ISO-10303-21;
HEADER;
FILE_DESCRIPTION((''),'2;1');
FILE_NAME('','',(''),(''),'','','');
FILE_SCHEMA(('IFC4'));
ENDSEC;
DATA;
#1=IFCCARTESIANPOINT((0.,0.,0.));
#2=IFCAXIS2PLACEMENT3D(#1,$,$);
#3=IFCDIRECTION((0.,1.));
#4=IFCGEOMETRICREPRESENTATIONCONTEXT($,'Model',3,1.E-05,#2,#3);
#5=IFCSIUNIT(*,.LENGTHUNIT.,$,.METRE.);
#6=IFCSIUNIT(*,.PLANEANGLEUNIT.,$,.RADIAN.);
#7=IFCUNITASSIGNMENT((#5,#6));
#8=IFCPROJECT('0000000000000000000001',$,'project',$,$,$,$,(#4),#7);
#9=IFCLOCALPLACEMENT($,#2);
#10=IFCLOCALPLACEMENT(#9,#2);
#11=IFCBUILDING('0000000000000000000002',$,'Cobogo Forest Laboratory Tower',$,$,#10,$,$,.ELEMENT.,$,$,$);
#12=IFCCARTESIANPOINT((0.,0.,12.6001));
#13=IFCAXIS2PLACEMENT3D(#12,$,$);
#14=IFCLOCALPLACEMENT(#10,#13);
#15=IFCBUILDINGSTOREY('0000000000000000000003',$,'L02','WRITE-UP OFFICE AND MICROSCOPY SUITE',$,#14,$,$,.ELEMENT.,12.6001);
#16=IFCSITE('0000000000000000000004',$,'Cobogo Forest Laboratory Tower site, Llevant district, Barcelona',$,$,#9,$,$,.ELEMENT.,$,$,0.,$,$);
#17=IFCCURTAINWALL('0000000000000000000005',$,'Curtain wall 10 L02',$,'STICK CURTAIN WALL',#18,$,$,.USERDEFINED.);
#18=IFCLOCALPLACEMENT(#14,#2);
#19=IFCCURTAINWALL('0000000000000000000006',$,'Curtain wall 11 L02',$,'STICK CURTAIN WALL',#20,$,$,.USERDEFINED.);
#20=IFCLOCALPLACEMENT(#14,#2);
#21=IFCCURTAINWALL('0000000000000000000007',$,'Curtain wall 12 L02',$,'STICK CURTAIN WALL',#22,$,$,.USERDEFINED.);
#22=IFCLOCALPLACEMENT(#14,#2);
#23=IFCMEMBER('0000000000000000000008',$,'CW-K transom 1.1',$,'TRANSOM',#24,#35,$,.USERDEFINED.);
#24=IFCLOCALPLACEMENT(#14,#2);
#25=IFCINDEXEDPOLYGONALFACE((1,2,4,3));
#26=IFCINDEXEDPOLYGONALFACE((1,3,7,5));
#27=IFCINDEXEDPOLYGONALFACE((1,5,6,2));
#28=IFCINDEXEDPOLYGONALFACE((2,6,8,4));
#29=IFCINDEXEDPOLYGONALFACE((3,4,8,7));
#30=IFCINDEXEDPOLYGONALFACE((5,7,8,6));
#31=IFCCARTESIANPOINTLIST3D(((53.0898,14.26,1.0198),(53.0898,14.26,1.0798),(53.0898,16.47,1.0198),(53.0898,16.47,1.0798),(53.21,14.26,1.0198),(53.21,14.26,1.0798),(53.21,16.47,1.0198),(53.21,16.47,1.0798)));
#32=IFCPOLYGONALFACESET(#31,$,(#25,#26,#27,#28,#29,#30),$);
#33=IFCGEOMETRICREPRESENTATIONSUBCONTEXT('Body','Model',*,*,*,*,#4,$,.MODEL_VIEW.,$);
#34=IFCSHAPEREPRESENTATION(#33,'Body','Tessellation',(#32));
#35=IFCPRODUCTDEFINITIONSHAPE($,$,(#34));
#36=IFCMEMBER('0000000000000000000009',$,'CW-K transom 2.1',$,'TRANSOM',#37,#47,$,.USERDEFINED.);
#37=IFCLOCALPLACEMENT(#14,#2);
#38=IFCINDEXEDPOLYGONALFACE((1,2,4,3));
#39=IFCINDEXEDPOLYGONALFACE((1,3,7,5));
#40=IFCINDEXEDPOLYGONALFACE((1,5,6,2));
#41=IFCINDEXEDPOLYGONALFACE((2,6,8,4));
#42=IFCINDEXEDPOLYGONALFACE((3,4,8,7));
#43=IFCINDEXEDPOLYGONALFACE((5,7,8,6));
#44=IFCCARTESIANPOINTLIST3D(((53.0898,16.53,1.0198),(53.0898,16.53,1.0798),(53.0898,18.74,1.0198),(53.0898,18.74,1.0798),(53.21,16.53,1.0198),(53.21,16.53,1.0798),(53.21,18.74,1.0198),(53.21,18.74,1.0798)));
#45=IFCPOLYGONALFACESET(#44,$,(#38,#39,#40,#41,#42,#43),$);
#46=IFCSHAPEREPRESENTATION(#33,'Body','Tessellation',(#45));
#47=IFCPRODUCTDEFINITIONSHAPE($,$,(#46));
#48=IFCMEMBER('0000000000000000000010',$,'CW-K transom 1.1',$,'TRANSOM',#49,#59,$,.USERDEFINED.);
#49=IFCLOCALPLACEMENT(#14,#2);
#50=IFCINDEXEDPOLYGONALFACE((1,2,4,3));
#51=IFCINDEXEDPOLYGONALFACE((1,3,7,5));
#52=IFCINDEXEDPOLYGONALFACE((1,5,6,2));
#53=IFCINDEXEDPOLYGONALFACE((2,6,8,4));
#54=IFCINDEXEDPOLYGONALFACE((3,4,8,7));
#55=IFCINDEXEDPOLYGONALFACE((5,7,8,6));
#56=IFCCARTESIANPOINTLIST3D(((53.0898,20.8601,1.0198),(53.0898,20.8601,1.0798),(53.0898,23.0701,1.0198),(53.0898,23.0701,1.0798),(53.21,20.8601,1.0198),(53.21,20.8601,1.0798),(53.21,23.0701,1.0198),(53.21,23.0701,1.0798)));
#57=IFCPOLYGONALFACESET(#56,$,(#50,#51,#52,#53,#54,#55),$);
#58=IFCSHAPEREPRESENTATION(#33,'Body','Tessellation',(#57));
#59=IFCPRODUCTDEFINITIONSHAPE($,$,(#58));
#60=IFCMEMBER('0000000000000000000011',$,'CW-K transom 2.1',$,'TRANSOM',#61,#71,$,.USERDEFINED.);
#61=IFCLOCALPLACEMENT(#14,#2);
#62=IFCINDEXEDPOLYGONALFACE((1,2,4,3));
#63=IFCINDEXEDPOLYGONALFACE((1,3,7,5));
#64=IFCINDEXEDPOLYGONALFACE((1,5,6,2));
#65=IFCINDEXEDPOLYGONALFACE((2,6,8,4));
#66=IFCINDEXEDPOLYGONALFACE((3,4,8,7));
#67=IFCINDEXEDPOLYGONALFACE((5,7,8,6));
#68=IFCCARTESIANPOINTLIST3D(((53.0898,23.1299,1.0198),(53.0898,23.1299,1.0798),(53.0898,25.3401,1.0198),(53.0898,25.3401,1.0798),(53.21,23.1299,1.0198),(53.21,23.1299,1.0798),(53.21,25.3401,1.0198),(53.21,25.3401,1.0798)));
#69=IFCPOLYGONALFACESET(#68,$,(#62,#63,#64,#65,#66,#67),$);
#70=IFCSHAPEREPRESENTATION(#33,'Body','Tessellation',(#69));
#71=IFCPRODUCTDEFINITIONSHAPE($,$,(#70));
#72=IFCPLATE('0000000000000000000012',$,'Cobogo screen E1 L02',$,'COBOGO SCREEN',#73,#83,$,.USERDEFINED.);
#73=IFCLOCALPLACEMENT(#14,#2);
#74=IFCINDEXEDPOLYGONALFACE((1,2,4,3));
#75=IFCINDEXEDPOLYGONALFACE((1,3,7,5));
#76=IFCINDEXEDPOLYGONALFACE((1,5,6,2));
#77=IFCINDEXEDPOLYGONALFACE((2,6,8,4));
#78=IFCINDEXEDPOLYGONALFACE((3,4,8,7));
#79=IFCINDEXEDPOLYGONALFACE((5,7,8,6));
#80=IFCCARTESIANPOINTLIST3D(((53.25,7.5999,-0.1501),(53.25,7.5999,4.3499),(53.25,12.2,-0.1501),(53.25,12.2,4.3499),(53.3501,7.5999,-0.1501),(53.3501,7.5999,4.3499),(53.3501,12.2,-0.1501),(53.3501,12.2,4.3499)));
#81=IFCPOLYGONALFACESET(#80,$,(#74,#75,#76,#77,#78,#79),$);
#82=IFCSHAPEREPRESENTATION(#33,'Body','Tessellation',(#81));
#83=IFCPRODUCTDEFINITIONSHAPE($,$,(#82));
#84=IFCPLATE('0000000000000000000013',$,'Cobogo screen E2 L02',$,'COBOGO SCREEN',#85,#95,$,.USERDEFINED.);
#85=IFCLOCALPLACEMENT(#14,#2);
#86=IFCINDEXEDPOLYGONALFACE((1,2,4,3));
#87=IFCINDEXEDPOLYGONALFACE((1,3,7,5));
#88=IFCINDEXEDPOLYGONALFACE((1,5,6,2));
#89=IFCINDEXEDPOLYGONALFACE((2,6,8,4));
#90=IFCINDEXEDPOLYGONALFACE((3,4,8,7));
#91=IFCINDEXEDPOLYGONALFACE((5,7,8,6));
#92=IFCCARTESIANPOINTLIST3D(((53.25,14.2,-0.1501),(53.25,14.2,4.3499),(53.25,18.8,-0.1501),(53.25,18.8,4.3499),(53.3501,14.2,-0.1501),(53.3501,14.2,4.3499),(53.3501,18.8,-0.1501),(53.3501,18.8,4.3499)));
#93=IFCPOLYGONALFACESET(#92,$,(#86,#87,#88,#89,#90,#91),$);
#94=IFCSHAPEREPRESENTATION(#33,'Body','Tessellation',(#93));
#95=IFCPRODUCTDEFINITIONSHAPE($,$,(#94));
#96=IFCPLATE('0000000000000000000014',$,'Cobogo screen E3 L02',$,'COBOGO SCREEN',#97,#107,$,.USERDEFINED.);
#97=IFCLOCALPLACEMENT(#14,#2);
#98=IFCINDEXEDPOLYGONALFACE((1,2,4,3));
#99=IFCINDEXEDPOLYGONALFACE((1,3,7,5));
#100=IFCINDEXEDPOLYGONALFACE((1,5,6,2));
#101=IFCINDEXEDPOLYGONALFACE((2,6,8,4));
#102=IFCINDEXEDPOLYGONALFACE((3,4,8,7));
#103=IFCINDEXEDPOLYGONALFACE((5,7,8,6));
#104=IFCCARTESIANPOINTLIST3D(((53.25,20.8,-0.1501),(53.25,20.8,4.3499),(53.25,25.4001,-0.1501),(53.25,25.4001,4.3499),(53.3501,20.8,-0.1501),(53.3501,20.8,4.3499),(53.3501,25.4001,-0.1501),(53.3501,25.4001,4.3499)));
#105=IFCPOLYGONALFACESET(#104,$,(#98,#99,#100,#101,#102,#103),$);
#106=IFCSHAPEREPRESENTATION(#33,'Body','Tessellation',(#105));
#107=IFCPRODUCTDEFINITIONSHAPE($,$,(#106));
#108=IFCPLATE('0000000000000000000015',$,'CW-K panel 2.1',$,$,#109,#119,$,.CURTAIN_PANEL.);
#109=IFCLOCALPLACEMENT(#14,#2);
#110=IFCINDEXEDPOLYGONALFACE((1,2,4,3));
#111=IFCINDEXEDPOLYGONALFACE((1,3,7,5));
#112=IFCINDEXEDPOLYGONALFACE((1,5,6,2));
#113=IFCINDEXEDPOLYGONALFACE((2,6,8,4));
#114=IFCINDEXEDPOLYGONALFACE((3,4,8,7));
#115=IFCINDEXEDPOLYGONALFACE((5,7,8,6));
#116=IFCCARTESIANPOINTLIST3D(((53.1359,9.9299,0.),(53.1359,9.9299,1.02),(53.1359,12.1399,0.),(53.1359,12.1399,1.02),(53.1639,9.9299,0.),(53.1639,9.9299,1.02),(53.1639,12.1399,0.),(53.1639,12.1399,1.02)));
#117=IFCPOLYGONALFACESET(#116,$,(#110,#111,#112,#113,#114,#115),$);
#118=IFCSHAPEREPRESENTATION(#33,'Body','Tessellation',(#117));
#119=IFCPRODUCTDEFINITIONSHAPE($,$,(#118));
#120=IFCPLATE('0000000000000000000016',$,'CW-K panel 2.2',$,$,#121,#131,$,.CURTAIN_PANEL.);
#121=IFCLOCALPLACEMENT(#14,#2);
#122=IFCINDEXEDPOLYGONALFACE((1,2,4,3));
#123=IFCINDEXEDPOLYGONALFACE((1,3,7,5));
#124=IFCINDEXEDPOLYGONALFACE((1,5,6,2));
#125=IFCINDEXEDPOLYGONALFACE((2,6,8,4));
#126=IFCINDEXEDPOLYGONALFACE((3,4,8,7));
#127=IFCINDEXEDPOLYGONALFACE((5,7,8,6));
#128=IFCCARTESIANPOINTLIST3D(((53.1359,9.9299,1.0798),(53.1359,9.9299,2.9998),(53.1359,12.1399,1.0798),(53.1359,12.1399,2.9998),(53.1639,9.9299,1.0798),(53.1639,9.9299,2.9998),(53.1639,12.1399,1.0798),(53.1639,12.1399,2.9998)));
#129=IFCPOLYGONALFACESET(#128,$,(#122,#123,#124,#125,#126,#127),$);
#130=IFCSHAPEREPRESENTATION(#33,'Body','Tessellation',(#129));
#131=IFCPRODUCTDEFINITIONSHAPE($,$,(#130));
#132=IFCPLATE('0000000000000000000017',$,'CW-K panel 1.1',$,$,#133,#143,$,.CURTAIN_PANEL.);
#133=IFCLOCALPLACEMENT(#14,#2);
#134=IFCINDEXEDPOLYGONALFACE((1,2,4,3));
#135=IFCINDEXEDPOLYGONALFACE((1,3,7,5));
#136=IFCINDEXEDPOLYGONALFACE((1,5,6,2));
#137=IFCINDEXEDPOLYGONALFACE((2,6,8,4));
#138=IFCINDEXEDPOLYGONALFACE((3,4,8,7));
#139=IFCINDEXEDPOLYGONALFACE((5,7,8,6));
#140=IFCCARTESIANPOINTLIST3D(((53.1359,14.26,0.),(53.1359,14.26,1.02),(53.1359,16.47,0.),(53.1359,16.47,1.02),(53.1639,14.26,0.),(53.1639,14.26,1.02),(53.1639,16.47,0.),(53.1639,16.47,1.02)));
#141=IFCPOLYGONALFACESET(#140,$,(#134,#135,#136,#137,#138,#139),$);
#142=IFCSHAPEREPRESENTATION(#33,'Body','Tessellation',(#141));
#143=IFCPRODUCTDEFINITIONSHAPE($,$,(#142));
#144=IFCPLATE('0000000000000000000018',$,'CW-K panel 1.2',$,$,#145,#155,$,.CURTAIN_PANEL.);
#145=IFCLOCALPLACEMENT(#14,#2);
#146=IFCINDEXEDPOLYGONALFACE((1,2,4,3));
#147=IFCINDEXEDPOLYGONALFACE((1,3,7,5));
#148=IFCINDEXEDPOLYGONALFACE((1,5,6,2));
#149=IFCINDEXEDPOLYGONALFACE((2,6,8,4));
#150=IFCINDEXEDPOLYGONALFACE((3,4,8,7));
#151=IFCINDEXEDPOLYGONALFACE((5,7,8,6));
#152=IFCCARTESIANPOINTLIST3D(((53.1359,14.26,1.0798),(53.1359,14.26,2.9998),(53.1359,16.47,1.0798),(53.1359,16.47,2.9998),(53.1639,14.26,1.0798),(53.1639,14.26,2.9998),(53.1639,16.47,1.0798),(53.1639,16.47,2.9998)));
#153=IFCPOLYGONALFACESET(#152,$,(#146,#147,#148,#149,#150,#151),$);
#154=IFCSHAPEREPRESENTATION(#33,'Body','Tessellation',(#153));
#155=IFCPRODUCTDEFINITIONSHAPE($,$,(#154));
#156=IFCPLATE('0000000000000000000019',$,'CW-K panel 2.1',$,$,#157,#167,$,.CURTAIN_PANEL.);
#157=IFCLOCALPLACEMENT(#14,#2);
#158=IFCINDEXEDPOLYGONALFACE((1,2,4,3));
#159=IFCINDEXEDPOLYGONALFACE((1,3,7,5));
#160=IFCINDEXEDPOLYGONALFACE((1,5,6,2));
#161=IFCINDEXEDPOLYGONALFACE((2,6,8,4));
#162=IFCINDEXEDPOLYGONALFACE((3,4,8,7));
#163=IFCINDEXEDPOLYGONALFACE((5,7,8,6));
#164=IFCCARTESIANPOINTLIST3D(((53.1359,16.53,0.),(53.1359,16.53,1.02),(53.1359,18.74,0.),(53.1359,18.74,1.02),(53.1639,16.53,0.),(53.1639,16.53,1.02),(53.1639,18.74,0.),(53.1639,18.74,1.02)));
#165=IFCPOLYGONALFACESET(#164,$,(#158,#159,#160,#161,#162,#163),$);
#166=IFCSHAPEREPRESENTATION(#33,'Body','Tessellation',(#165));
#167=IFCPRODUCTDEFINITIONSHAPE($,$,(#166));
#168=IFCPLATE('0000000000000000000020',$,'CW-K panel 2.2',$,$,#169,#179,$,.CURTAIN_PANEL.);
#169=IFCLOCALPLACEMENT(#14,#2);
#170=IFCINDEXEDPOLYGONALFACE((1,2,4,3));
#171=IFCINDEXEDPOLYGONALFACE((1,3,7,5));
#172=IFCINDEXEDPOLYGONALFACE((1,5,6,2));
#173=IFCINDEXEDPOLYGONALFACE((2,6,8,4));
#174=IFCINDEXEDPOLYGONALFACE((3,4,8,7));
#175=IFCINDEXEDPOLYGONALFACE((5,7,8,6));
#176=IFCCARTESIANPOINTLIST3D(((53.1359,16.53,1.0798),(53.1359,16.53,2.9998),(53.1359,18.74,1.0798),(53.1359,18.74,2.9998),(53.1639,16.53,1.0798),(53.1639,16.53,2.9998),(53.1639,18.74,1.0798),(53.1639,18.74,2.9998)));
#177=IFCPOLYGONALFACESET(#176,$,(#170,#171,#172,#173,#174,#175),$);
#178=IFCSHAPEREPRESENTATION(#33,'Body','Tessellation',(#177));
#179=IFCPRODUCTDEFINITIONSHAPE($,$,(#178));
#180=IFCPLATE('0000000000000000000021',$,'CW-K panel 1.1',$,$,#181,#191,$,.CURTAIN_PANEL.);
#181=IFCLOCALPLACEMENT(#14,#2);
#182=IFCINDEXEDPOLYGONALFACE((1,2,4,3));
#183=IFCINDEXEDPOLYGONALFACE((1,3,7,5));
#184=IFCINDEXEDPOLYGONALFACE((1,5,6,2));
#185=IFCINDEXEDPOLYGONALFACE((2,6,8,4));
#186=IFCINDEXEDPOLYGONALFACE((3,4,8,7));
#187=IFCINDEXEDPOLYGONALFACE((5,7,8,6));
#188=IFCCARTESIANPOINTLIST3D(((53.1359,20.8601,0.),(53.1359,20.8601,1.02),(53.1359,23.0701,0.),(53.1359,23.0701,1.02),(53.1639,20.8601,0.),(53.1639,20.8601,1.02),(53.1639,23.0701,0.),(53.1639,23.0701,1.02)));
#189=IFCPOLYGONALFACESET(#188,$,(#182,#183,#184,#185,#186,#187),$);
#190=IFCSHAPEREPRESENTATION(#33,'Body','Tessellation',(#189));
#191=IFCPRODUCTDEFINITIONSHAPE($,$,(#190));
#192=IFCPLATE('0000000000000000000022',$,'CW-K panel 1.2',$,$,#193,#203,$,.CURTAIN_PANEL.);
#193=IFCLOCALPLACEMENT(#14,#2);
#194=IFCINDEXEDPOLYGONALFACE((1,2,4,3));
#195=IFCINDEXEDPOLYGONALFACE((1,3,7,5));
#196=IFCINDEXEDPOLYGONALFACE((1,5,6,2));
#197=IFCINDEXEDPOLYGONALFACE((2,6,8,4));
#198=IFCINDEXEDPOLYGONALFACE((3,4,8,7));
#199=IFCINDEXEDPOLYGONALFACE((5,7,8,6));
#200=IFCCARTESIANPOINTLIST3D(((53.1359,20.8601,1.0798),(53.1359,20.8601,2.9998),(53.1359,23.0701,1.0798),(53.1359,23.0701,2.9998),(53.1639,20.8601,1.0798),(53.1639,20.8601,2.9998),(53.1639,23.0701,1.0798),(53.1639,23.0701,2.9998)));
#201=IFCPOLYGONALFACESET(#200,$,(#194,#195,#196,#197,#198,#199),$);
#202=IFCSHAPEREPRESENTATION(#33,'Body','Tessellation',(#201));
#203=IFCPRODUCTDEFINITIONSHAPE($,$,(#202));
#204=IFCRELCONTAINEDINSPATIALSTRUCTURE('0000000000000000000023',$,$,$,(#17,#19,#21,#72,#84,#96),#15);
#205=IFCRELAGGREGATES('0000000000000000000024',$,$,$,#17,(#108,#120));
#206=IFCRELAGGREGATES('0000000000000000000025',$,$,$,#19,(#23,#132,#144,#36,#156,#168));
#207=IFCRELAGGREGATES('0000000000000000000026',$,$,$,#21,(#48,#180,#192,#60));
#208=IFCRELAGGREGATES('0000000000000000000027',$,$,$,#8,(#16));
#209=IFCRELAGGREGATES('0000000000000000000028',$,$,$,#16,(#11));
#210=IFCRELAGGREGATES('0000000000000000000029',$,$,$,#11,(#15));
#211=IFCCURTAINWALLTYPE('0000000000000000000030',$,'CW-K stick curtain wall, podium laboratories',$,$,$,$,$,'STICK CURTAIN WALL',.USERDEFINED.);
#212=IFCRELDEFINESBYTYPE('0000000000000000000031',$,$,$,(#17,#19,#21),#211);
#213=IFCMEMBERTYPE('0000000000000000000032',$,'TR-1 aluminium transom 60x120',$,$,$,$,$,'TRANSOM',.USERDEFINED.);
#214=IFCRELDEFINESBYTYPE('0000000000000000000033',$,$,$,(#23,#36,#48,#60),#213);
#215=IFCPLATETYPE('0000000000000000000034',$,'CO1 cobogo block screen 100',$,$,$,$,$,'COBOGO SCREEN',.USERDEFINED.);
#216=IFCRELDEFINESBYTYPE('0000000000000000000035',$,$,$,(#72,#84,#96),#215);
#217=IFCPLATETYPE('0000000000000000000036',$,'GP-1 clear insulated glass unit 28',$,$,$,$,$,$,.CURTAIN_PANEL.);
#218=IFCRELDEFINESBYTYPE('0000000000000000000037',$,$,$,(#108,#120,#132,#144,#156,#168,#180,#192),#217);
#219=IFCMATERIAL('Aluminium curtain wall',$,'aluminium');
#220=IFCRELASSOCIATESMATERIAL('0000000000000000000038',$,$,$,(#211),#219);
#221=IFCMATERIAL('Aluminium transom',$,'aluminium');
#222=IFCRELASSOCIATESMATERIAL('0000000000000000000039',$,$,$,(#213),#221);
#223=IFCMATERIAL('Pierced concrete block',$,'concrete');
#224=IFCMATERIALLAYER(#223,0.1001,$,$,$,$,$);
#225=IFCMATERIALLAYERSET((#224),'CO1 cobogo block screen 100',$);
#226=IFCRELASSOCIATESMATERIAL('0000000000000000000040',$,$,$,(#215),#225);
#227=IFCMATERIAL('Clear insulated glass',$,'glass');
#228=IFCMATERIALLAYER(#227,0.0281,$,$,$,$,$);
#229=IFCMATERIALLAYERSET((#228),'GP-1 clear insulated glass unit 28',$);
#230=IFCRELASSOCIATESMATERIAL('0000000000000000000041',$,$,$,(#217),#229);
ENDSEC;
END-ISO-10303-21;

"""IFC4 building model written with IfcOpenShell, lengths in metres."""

from ifc_helpers import new_model, si_unit, direction, frame, origin, origin_2d, place, context, subcontext, project, spatial, rectangle, extrude, material, layer, layer_set, material_profile, profile_set, type_object, element, aggregate, save


model = new_model("IFC4")

# Units and contexts
model_context = context("Model", 3, precision=1e-05, world=origin(), true_north=direction((0.0, 1.0)))
body_context = subcontext(model_context, "Body", "Model", "MODEL_VIEW")
ifc_project = project(units=[si_unit("LENGTHUNIT", "METRE"), si_unit("PLANEANGLEUNIT", "RADIAN")], contexts=[model_context])

# Site, building, storey
site_placement = place(None, origin())
site = spatial("IfcSite", under=ifc_project, at=site_placement, Name="Cobogo Forest Laboratory Tower site, Llevant district, Barcelona", CompositionType="ELEMENT", RefElevation=0.0)
building_placement = place(site_placement, origin())
building = spatial("IfcBuilding", under=site, at=building_placement, Name="Cobogo Forest Laboratory Tower", CompositionType="ELEMENT")
storey_placement = place(building_placement, frame((0.0, 0.0, 12.6001)))
storey = spatial("IfcBuildingStorey", under=building, at=storey_placement, Name="L02", Description="WRITE-UP OFFICE AND MICROSCOPY SUITE", CompositionType="ELEMENT", Elevation=12.6001)

# Curtain wall
ifc_material_1 = material(Name="Aluminium curtain wall", Category="aluminium")
curtain_wall_type = type_object("IfcCurtainWallType", Name="CW-K stick curtain wall, podium laboratories", ElementType="STICK CURTAIN WALL", PredefinedType="USERDEFINED", material=ifc_material_1)
curtain_wall_1_placement = place(storey_placement, origin())
curtain_wall_1 = element("IfcCurtainWall", 1, at=curtain_wall_1_placement, inside=storey, type_object=curtain_wall_type, Name="Curtain wall 10 L02", ObjectType="STICK CURTAIN WALL", PredefinedType="USERDEFINED")

# Curtain walls
curtain_wall_2_placement = place(storey_placement, origin())
curtain_wall_2 = element("IfcCurtainWall", 2, at=curtain_wall_2_placement, inside=storey, type_object=curtain_wall_type, Name="Curtain wall 11 L02", ObjectType="STICK CURTAIN WALL", PredefinedType="USERDEFINED")
curtain_wall_3_placement = place(storey_placement, origin())
curtain_wall_3 = element("IfcCurtainWall", 3, at=curtain_wall_3_placement, inside=storey, type_object=curtain_wall_type, Name="Curtain wall 12 L02", ObjectType="STICK CURTAIN WALL", PredefinedType="USERDEFINED")

# Members
ifc_material_2 = material(Name="Aluminium transom", Category="aluminium")
ifc_material_profile_1 = material_profile(ifc_material_2, rectangle(XDim=0.1201, YDim=0.0601, at=origin_2d()), Name="AL 60x120")
ifc_profile_set_1 = profile_set([ifc_material_profile_1], Name="Aluminium transom")
member_type_1 = type_object("IfcMemberType", Name="TR-1 aluminium transom 60x120", ElementType="TRANSOM", PredefinedType="USERDEFINED", material=ifc_profile_set_1)
member_1_placement = place(storey_placement, frame((53.1499, 14.26, 1.0498), z_axis=(0.0, 1.0, 0.0), x_axis=(-1.0, 0.0, 0.0)))
member_1 = element("IfcMember", 4, at=member_1_placement, type_object=member_type_1, Name="CW-K transom 1.1", ObjectType="TRANSOM", PredefinedType="USERDEFINED", context=body_context, shape_type="SweptSolid", body=[
    extrude(rectangle(XDim=0.1201, YDim=0.0601, at=origin_2d()), origin(), (0.0, 0.0, 1.0), 2.21),
])
member_2_placement = place(storey_placement, frame((53.1499, 16.53, 1.0498), z_axis=(0.0, 1.0, 0.0), x_axis=(-1.0, 0.0, 0.0)))
member_2 = element("IfcMember", 5, at=member_2_placement, type_object=member_type_1, Name="CW-K transom 2.1", ObjectType="TRANSOM", PredefinedType="USERDEFINED", context=body_context, shape_type="SweptSolid", body=[
    extrude(rectangle(XDim=0.1201, YDim=0.0601, at=origin_2d()), origin(), (0.0, 0.0, 1.0), 2.21),
])
member_3_placement = place(storey_placement, frame((53.1499, 20.8601, 1.0498), z_axis=(0.0, 1.0, 0.0), x_axis=(-1.0, 0.0, 0.0)))
member_3 = element("IfcMember", 6, at=member_3_placement, type_object=member_type_1, Name="CW-K transom 1.1", ObjectType="TRANSOM", PredefinedType="USERDEFINED", context=body_context, shape_type="SweptSolid", body=[
    extrude(rectangle(XDim=0.1201, YDim=0.0601, at=origin_2d()), origin(), (0.0, 0.0, 1.0), 2.21),
])
member_4_placement = place(storey_placement, frame((53.1499, 23.1299, 1.0498), z_axis=(0.0, 1.0, 0.0), x_axis=(-1.0, 0.0, 0.0)))
member_4 = element("IfcMember", 7, at=member_4_placement, type_object=member_type_1, Name="CW-K transom 2.1", ObjectType="TRANSOM", PredefinedType="USERDEFINED", context=body_context, shape_type="SweptSolid", body=[
    extrude(rectangle(XDim=0.1201, YDim=0.0601, at=origin_2d()), origin(), (0.0, 0.0, 1.0), 2.2102),
])

# Plates
ifc_material_3 = material(Name="Pierced concrete block", Category="concrete")
ifc_layer_1 = layer(ifc_material_3, 0.1001)
ifc_layer_set_1 = layer_set([ifc_layer_1], Name="CO1 cobogo block screen 100")
plate_type_1 = type_object("IfcPlateType", Name="CO1 cobogo block screen 100", ElementType="COBOGO SCREEN", PredefinedType="USERDEFINED", material=ifc_layer_set_1)
for number, where, z_axis, x_axis, name in (
    (8, (53.3, 9.8999, -0.1501), (0.0, 0.0, 1.0), (0.0, 1.0, 0.0), "Cobogo screen E1 L02"),
    (9, (53.3, 16.5, -0.1501), (0.0, 0.0, 1.0), (0.0, 1.0, 0.0), "Cobogo screen E2 L02"),
    (10, (53.3, 23.1001, -0.1501), (0.0, 0.0, 1.0), (0.0, 1.0, 0.0), "Cobogo screen E3 L02"),
):
    element("IfcPlate", number, at=place(storey_placement, frame(where, z_axis=z_axis, x_axis=x_axis)), inside=storey, type_object=plate_type_1, Name=name, ObjectType="COBOGO SCREEN", PredefinedType="USERDEFINED", context=body_context, shape_type="SweptSolid", body=[
        extrude(rectangle(XDim=4.6001, YDim=0.1001, at=origin_2d()), origin(), (0.0, 0.0, 1.0), 4.5),
    ])

# Plates
ifc_material_4 = material(Name="Clear insulated glass", Category="glass")
ifc_layer_2 = layer(ifc_material_4, 0.0281)
ifc_layer_set_2 = layer_set([ifc_layer_2], Name="GP-1 clear insulated glass unit 28")
plate_type_2 = type_object("IfcPlateType", Name="GP-1 clear insulated glass unit 28", PredefinedType="CURTAIN_PANEL", material=ifc_layer_set_2)
plate_1_placement = place(storey_placement, frame((53.1499, 11.0349, 0.0), z_axis=(0.0, 0.0, 1.0), x_axis=(0.0, 1.0, 0.0)))
plate_1 = element("IfcPlate", 11, at=plate_1_placement, type_object=plate_type_2, Name="CW-K panel 2.1", PredefinedType="CURTAIN_PANEL", context=body_context, shape_type="SweptSolid", body=[
    extrude(rectangle(XDim=2.21, YDim=0.0281, at=origin_2d()), origin(), (0.0, 0.0, 1.0), 1.02),
])
plate_2_placement = place(storey_placement, frame((53.1499, 11.0349, 1.0798), z_axis=(0.0, 0.0, 1.0), x_axis=(0.0, 1.0, 0.0)))
plate_2 = element("IfcPlate", 12, at=plate_2_placement, type_object=plate_type_2, Name="CW-K panel 2.2", PredefinedType="CURTAIN_PANEL", context=body_context, shape_type="SweptSolid", body=[
    extrude(rectangle(XDim=2.21, YDim=0.0281, at=origin_2d()), origin(), (0.0, 0.0, 1.0), 1.9199),
])
aggregate(curtain_wall_1, [plate_1, plate_2])
plate_3_placement = place(storey_placement, frame((53.1499, 15.365, 0.0), z_axis=(0.0, 0.0, 1.0), x_axis=(0.0, 1.0, 0.0)))
plate_3 = element("IfcPlate", 13, at=plate_3_placement, type_object=plate_type_2, Name="CW-K panel 1.1", PredefinedType="CURTAIN_PANEL", context=body_context, shape_type="SweptSolid", body=[
    extrude(rectangle(XDim=2.21, YDim=0.0281, at=origin_2d()), origin(), (0.0, 0.0, 1.0), 1.02),
])
plate_4_placement = place(storey_placement, frame((53.1499, 15.365, 1.0798), z_axis=(0.0, 0.0, 1.0), x_axis=(0.0, 1.0, 0.0)))
plate_4 = element("IfcPlate", 14, at=plate_4_placement, type_object=plate_type_2, Name="CW-K panel 1.2", PredefinedType="CURTAIN_PANEL", context=body_context, shape_type="SweptSolid", body=[
    extrude(rectangle(XDim=2.21, YDim=0.0281, at=origin_2d()), origin(), (0.0, 0.0, 1.0), 1.9199),
])
plate_5_placement = place(storey_placement, frame((53.1499, 17.635, 0.0), z_axis=(0.0, 0.0, 1.0), x_axis=(0.0, 1.0, 0.0)))
plate_5 = element("IfcPlate", 15, at=plate_5_placement, type_object=plate_type_2, Name="CW-K panel 2.1", PredefinedType="CURTAIN_PANEL", context=body_context, shape_type="SweptSolid", body=[
    extrude(rectangle(XDim=2.21, YDim=0.0281, at=origin_2d()), origin(), (0.0, 0.0, 1.0), 1.02),
])
plate_6_placement = place(storey_placement, frame((53.1499, 17.635, 1.0798), z_axis=(0.0, 0.0, 1.0), x_axis=(0.0, 1.0, 0.0)))
plate_6 = element("IfcPlate", 16, at=plate_6_placement, type_object=plate_type_2, Name="CW-K panel 2.2", PredefinedType="CURTAIN_PANEL", context=body_context, shape_type="SweptSolid", body=[
    extrude(rectangle(XDim=2.21, YDim=0.0281, at=origin_2d()), origin(), (0.0, 0.0, 1.0), 1.9199),
])
aggregate(curtain_wall_2, [member_1, plate_3, plate_4, member_2, plate_5, plate_6])
plate_7_placement = place(storey_placement, frame((53.1499, 21.9651, 0.0), z_axis=(0.0, 0.0, 1.0), x_axis=(0.0, 1.0, 0.0)))
plate_7 = element("IfcPlate", 17, at=plate_7_placement, type_object=plate_type_2, Name="CW-K panel 1.1", PredefinedType="CURTAIN_PANEL", context=body_context, shape_type="SweptSolid", body=[
    extrude(rectangle(XDim=2.21, YDim=0.0281, at=origin_2d()), origin(), (0.0, 0.0, 1.0), 1.02),
])
plate_8_placement = place(storey_placement, frame((53.1499, 21.9651, 1.0798), z_axis=(0.0, 0.0, 1.0), x_axis=(0.0, 1.0, 0.0)))
plate_8 = element("IfcPlate", 18, at=plate_8_placement, type_object=plate_type_2, Name="CW-K panel 1.2", PredefinedType="CURTAIN_PANEL", context=body_context, shape_type="SweptSolid", body=[
    extrude(rectangle(XDim=2.21, YDim=0.0281, at=origin_2d()), origin(), (0.0, 0.0, 1.0), 1.9199),
])
aggregate(curtain_wall_3, [member_3, plate_7, plate_8, member_4])

save(model, "model.ifc")
